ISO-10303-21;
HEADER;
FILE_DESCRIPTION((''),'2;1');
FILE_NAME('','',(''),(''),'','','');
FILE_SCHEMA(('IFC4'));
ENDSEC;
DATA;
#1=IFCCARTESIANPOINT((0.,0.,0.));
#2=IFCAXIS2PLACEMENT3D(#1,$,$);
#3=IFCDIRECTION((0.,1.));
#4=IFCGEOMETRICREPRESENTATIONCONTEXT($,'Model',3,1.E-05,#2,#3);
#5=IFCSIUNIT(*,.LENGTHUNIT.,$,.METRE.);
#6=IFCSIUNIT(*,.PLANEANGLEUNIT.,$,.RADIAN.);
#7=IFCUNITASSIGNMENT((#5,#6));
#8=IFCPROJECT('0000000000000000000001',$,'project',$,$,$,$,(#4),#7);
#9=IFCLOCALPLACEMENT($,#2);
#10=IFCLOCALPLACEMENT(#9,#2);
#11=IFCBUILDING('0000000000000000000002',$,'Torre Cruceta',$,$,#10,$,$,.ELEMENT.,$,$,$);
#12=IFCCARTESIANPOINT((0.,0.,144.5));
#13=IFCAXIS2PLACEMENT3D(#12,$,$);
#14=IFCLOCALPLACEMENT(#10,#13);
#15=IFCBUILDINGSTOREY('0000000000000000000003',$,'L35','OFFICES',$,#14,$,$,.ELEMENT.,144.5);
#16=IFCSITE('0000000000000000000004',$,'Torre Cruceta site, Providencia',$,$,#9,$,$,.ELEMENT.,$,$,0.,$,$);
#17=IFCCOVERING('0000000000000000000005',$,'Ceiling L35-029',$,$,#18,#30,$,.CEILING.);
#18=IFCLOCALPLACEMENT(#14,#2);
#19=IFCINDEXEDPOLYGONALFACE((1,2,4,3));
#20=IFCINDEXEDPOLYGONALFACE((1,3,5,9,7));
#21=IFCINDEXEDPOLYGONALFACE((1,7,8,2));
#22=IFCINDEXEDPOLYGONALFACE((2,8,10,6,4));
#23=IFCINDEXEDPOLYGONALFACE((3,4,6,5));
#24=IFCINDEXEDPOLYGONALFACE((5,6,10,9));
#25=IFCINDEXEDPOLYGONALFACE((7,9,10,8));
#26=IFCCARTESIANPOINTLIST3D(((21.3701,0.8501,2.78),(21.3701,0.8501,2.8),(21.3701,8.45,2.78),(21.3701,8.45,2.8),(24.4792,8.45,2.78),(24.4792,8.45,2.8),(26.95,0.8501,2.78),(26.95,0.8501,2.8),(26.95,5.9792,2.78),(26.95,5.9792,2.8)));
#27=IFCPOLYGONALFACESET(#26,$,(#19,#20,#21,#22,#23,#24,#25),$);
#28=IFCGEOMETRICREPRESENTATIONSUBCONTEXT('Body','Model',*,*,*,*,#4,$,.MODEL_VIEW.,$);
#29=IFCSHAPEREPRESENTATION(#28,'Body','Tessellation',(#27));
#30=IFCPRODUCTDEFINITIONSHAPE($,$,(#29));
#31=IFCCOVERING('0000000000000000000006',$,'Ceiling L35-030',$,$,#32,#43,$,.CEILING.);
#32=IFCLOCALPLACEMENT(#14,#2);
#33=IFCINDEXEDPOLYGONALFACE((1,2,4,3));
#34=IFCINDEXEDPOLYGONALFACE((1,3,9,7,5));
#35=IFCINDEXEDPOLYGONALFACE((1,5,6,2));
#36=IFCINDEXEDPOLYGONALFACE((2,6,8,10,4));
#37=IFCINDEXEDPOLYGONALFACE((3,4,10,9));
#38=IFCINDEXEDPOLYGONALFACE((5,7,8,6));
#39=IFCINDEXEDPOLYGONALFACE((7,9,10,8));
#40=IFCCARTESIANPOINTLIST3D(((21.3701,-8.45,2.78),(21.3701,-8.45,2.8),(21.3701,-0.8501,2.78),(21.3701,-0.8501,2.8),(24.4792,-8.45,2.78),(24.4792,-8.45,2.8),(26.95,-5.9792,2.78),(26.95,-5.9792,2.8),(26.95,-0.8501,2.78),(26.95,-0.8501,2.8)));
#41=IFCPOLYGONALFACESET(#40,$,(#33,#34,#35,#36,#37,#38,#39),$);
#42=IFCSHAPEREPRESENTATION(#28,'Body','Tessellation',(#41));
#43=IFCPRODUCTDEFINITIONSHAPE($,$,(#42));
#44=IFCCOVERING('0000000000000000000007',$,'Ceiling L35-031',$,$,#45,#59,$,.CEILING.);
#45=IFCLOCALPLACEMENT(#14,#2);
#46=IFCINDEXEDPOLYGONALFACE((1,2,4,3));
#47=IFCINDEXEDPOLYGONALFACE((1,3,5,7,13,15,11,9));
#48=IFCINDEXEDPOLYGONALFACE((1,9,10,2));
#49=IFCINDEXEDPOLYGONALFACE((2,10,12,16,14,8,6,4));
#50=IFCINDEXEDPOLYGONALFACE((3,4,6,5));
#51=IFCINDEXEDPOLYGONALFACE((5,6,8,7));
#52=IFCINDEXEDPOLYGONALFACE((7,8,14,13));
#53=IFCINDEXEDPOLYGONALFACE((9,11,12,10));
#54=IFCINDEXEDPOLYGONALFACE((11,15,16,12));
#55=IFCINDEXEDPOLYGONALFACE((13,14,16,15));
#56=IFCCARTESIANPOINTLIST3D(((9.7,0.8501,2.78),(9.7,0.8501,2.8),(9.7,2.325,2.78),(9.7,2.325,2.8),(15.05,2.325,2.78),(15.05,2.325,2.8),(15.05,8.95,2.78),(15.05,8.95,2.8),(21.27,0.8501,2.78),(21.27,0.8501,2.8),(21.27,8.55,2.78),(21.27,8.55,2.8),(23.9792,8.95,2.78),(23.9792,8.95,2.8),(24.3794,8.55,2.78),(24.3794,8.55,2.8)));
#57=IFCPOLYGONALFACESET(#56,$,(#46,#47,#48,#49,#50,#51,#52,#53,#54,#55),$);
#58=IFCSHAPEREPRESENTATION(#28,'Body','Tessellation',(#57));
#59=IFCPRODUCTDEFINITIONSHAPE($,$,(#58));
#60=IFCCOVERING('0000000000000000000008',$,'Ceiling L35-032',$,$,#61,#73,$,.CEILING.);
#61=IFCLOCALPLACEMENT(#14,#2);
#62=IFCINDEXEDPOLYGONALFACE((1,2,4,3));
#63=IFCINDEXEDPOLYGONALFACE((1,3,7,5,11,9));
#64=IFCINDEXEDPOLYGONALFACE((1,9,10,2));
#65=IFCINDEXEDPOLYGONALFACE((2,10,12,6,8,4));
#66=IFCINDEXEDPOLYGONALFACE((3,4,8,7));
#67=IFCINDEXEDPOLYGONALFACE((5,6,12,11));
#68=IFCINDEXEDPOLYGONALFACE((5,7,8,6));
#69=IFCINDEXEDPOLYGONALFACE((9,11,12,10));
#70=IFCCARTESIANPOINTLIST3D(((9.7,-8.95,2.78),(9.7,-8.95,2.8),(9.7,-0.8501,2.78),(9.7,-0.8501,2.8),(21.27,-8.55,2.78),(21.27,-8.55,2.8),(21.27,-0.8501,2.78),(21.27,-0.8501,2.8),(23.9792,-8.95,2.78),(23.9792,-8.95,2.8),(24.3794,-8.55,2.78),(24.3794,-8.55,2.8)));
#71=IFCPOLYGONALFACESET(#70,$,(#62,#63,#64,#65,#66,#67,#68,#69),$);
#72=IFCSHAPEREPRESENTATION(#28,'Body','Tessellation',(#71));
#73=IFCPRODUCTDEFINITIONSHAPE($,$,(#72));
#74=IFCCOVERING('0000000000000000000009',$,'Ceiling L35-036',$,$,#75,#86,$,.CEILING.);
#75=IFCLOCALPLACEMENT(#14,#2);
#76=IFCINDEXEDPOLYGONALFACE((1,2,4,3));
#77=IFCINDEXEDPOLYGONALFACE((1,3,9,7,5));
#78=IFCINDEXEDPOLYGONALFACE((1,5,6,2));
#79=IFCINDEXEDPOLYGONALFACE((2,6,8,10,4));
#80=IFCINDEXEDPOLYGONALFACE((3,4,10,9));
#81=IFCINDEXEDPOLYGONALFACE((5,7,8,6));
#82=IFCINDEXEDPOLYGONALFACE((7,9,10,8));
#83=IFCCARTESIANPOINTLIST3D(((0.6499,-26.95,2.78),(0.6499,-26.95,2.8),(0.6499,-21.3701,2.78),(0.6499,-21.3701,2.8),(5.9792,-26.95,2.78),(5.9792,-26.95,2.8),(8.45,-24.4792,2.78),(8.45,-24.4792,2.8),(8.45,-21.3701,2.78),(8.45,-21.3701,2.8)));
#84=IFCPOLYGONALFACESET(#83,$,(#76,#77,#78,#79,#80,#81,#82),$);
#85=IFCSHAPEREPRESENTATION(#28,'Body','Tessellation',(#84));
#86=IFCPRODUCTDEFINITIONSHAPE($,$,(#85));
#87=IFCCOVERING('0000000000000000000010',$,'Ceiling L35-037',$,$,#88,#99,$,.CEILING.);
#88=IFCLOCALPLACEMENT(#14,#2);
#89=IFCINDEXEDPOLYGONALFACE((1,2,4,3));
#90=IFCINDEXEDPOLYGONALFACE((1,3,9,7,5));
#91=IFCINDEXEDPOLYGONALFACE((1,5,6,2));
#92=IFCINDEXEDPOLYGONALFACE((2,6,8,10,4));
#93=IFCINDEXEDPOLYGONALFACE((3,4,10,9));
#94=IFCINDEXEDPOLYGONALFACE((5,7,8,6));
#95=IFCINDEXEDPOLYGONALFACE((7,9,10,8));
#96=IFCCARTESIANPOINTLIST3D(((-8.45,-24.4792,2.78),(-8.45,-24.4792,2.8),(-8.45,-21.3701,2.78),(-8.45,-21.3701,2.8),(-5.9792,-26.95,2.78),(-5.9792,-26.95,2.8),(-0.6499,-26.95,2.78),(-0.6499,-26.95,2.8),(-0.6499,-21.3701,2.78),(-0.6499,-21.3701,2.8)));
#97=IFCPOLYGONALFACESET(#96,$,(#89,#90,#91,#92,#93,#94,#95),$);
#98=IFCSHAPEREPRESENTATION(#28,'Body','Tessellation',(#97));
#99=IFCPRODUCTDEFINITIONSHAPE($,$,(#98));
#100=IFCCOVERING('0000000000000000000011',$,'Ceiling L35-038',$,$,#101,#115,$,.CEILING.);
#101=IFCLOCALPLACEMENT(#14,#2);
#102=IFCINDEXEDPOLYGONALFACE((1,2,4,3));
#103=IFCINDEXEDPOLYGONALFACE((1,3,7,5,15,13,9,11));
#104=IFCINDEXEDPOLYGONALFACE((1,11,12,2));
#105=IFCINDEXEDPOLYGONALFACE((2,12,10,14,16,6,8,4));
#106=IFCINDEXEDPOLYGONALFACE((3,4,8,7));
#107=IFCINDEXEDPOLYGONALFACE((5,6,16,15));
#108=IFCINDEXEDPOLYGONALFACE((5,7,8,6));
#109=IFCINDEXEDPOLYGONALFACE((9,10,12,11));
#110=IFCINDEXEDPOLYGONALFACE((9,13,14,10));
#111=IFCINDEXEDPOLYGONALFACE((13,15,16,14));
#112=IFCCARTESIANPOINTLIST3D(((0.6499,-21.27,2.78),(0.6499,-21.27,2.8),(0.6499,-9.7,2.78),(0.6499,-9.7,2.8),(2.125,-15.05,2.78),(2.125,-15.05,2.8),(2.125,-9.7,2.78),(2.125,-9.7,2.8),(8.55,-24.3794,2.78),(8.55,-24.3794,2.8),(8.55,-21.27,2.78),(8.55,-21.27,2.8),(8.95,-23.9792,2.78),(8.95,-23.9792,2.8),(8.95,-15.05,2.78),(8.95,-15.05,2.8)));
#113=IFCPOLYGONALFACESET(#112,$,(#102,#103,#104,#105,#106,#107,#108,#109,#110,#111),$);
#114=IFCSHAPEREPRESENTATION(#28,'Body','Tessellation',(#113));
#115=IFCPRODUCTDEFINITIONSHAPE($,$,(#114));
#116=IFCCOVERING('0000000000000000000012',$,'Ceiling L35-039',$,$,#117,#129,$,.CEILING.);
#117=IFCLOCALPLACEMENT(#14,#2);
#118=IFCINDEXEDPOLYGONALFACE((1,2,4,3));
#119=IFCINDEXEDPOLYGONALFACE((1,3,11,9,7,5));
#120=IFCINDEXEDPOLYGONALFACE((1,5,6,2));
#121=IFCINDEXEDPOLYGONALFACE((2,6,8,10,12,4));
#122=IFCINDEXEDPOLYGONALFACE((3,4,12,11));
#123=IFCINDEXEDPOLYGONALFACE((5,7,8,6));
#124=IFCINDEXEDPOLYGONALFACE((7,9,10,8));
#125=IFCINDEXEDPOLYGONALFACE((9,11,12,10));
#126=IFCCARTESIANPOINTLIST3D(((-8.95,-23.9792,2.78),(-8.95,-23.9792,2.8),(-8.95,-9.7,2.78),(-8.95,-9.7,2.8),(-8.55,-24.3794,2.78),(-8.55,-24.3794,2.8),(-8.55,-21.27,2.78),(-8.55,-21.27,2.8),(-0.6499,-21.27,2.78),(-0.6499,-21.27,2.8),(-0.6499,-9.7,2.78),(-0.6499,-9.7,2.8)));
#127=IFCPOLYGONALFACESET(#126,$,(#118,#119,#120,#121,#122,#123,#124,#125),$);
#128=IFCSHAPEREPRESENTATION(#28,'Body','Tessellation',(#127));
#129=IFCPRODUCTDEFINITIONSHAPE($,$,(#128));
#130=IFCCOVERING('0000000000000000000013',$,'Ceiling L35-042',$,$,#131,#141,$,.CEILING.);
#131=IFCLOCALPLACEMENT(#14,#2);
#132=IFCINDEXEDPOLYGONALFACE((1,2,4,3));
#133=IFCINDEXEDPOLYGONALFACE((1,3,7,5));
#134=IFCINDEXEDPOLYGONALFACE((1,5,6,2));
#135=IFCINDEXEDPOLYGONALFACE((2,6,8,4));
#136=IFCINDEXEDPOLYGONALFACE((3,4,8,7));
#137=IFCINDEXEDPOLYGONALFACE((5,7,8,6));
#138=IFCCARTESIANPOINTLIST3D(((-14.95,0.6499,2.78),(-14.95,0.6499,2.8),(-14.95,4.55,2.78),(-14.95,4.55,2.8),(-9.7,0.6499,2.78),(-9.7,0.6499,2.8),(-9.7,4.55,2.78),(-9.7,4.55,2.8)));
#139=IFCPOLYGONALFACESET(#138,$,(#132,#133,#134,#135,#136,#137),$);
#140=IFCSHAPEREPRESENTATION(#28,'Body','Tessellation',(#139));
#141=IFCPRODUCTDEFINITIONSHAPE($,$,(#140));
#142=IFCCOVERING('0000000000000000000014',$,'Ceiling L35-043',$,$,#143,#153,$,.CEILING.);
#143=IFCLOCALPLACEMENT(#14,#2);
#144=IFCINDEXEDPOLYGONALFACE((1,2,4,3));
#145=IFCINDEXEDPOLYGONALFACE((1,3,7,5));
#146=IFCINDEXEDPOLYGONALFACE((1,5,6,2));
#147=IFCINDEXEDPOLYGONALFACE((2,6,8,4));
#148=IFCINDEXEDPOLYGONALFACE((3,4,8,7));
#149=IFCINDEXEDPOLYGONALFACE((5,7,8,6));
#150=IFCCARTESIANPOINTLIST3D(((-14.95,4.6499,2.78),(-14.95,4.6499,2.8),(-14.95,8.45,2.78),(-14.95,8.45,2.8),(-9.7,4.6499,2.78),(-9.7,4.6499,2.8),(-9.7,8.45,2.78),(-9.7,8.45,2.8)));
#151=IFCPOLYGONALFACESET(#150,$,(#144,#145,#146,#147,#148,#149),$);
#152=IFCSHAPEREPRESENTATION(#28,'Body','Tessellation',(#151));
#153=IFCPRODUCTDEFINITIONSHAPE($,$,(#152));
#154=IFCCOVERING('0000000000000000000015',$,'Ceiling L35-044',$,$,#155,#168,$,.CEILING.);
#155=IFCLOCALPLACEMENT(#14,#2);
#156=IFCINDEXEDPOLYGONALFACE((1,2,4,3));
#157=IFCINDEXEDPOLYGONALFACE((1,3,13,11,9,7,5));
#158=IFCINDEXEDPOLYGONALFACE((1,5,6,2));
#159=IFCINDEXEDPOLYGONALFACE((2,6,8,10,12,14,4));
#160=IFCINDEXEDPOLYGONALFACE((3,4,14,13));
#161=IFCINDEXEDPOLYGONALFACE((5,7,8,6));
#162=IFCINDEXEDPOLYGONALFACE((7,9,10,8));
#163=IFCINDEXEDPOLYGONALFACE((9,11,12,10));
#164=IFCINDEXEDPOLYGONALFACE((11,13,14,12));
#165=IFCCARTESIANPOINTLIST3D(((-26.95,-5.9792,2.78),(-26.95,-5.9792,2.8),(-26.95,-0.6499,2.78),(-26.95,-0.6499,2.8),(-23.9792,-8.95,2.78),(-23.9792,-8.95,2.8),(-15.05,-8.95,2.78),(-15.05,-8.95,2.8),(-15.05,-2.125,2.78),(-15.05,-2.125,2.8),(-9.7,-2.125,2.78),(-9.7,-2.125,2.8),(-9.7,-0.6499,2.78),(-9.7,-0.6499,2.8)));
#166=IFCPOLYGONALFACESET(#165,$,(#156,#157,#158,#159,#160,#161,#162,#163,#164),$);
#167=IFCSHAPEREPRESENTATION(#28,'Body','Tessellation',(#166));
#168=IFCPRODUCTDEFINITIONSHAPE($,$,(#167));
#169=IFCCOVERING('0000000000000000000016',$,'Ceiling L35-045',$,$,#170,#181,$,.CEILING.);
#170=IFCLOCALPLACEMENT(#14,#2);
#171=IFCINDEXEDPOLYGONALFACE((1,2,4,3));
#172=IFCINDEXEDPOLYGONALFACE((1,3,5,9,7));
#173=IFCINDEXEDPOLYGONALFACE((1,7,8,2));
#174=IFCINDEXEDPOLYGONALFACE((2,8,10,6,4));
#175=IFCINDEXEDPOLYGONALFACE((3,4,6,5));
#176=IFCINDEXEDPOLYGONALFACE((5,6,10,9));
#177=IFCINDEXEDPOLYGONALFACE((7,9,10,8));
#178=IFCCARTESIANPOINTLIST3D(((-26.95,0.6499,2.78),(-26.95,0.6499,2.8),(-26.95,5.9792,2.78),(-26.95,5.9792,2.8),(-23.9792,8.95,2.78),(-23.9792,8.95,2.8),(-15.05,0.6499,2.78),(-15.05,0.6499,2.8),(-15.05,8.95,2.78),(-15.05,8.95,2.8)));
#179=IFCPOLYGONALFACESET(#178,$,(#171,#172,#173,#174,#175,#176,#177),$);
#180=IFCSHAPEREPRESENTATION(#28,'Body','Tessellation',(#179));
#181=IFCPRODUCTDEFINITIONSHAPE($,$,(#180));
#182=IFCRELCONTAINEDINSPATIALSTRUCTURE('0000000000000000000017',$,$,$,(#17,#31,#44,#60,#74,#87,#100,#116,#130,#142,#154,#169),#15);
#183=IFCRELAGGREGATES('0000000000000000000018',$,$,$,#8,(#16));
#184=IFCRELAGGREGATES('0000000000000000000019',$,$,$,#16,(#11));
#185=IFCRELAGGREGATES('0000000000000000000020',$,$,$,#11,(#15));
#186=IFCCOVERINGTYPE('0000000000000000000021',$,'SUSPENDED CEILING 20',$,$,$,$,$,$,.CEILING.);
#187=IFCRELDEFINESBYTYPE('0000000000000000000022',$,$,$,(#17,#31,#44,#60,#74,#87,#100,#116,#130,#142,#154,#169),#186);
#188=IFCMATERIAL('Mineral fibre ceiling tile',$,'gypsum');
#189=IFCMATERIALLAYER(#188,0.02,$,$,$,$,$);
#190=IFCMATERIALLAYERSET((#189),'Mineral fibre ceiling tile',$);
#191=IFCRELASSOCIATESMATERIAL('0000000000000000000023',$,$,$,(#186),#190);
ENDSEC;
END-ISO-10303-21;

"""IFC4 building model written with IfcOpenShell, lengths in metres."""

from ifc_helpers import new_model, si_unit, direction, frame, origin, place, context, subcontext, project, spatial, polyline, outline, extrude, material, layer, layer_set, type_object, element, save


model = new_model("IFC4")

# Units and contexts
model_context = context("Model", 3, precision=1e-05, world=origin(), true_north=direction((0.0, 1.0)))
body_context = subcontext(model_context, "Body", "Model", "MODEL_VIEW")
ifc_project = project(units=[si_unit("LENGTHUNIT", "METRE"), si_unit("PLANEANGLEUNIT", "RADIAN")], contexts=[model_context])

# Site, building, storey
site_placement = place(None, origin())
site = spatial("IfcSite", under=ifc_project, at=site_placement, Name="Torre Cruceta site, Providencia", CompositionType="ELEMENT", RefElevation=0.0)
building_placement = place(site_placement, origin())
building = spatial("IfcBuilding", under=site, at=building_placement, Name="Torre Cruceta", CompositionType="ELEMENT")
storey_placement = place(building_placement, frame((0.0, 0.0, 144.5)))
storey = spatial("IfcBuildingStorey", under=building, at=storey_placement, Name="L35", Description="OFFICES", CompositionType="ELEMENT", Elevation=144.5)

# Coverings
ifc_material_1 = material(Name="Mineral fibre ceiling tile", Category="gypsum")
ifc_layer_1 = layer(ifc_material_1, 0.02)
ifc_layer_set_1 = layer_set([ifc_layer_1], Name="Mineral fibre ceiling tile")
covering_type_1 = type_object("IfcCoveringType", Name="SUSPENDED CEILING 20", PredefinedType="CEILING", material=ifc_layer_set_1)
covering_1_placement = place(storey_placement, frame((0.0, 0.0, 2.78)))
element("IfcCovering", 1, at=covering_1_placement, inside=storey, type_object=covering_type_1, Name="Ceiling L35-029", PredefinedType="CEILING", context=body_context, shape_type="SweptSolid", body=[
    extrude(outline(polyline([(26.95, 0.8501), (21.3701, 0.8501), (21.3701, 8.45), (24.4792, 8.45), (26.95, 5.9792), (26.95, 0.8501)])), origin(), (0.0, 0.0, 1.0), 0.02),
])
covering_2_placement = place(storey_placement, frame((0.0, 0.0, 2.78)))
element("IfcCovering", 2, at=covering_2_placement, inside=storey, type_object=covering_type_1, Name="Ceiling L35-030", PredefinedType="CEILING", context=body_context, shape_type="SweptSolid", body=[
    extrude(outline(polyline([(24.4792, -8.45), (21.3701, -8.45), (21.3701, -0.8501), (26.95, -0.8501), (26.95, -5.9792), (24.4792, -8.45)])), origin(), (0.0, 0.0, 1.0), 0.02),
])
covering_3_placement = place(storey_placement, frame((0.0, 0.0, 2.78)))
element("IfcCovering", 3, at=covering_3_placement, inside=storey, type_object=covering_type_1, Name="Ceiling L35-031", PredefinedType="CEILING", context=body_context, shape_type="SweptSolid", body=[
    extrude(outline(polyline([(21.27, 0.8501), (9.7, 0.8501), (9.7, 2.325), (15.05, 2.325), (15.05, 8.95), (23.9792, 8.95), (24.3794, 8.55), (21.27, 8.55), (21.27, 0.8501)])), origin(), (0.0, 0.0, 1.0), 0.02),
])
covering_4_placement = place(storey_placement, frame((0.0, 0.0, 2.78)))
element("IfcCovering", 4, at=covering_4_placement, inside=storey, type_object=covering_type_1, Name="Ceiling L35-032", PredefinedType="CEILING", context=body_context, shape_type="SweptSolid", body=[
    extrude(outline(polyline([(21.27, -8.55), (24.3794, -8.55), (23.9792, -8.95), (9.7, -8.95), (9.7, -0.8501), (21.27, -0.8501), (21.27, -8.55)])), origin(), (0.0, 0.0, 1.0), 0.02),
])
covering_5_placement = place(storey_placement, frame((0.0, 0.0, 2.78)))
element("IfcCovering", 5, at=covering_5_placement, inside=storey, type_object=covering_type_1, Name="Ceiling L35-036", PredefinedType="CEILING", context=body_context, shape_type="SweptSolid", body=[
    extrude(outline(polyline([(0.6499, -26.95), (0.6499, -21.3701), (8.45, -21.3701), (8.45, -24.4792), (5.9792, -26.95), (0.6499, -26.95)])), origin(), (0.0, 0.0, 1.0), 0.02),
])
covering_6_placement = place(storey_placement, frame((0.0, 0.0, 2.78)))
element("IfcCovering", 6, at=covering_6_placement, inside=storey, type_object=covering_type_1, Name="Ceiling L35-037", PredefinedType="CEILING", context=body_context, shape_type="SweptSolid", body=[
    extrude(outline(polyline([(-8.45, -24.4792), (-8.45, -21.3701), (-0.6499, -21.3701), (-0.6499, -26.95), (-5.9792, -26.95), (-8.45, -24.4792)])), origin(), (0.0, 0.0, 1.0), 0.02),
])
covering_7_placement = place(storey_placement, frame((0.0, 0.0, 2.78)))
element("IfcCovering", 7, at=covering_7_placement, inside=storey, type_object=covering_type_1, Name="Ceiling L35-038", PredefinedType="CEILING", context=body_context, shape_type="SweptSolid", body=[
    extrude(outline(polyline([(0.6499, -21.27), (0.6499, -9.7), (2.125, -9.7), (2.125, -15.05), (8.95, -15.05), (8.95, -23.9792), (8.55, -24.3794), (8.55, -21.27), (0.6499, -21.27)])), origin(), (0.0, 0.0, 1.0), 0.02),
])
covering_8_placement = place(storey_placement, frame((0.0, 0.0, 2.78)))
element("IfcCovering", 8, at=covering_8_placement, inside=storey, type_object=covering_type_1, Name="Ceiling L35-039", PredefinedType="CEILING", context=body_context, shape_type="SweptSolid", body=[
    extrude(outline(polyline([(-8.55, -21.27), (-8.55, -24.3794), (-8.95, -23.9792), (-8.95, -9.7), (-0.6499, -9.7), (-0.6499, -21.27), (-8.55, -21.27)])), origin(), (0.0, 0.0, 1.0), 0.02),
])
covering_9_placement = place(storey_placement, frame((0.0, 0.0, 2.78)))
element("IfcCovering", 9, at=covering_9_placement, inside=storey, type_object=covering_type_1, Name="Ceiling L35-042", PredefinedType="CEILING", context=body_context, shape_type="SweptSolid", body=[
    extrude(outline(polyline([(-9.7, 4.55), (-9.7, 0.6499), (-14.95, 0.6499), (-14.95, 4.55), (-9.7, 4.55)])), origin(), (0.0, 0.0, 1.0), 0.02),
])
covering_10_placement = place(storey_placement, frame((0.0, 0.0, 2.78)))
element("IfcCovering", 10, at=covering_10_placement, inside=storey, type_object=covering_type_1, Name="Ceiling L35-043", PredefinedType="CEILING", context=body_context, shape_type="SweptSolid", body=[
    extrude(outline(polyline([(-9.7, 8.45), (-9.7, 4.6499), (-14.95, 4.6499), (-14.95, 8.45), (-9.7, 8.45)])), origin(), (0.0, 0.0, 1.0), 0.02),
])
covering_11_placement = place(storey_placement, frame((0.0, 0.0, 2.78)))
element("IfcCovering", 11, at=covering_11_placement, inside=storey, type_object=covering_type_1, Name="Ceiling L35-044", PredefinedType="CEILING", context=body_context, shape_type="SweptSolid", body=[
    extrude(outline(polyline([(-26.95, -0.6499), (-9.7, -0.6499), (-9.7, -2.125), (-15.05, -2.125), (-15.05, -8.95), (-23.9792, -8.95), (-26.95, -5.9792), (-26.95, -0.6499)])), origin(), (0.0, 0.0, 1.0), 0.02),
])
covering_12_placement = place(storey_placement, frame((0.0, 0.0, 2.78)))
element("IfcCovering", 12, at=covering_12_placement, inside=storey, type_object=covering_type_1, Name="Ceiling L35-045", PredefinedType="CEILING", context=body_context, shape_type="SweptSolid", body=[
    extrude(outline(polyline([(-26.95, 5.9792), (-23.9792, 8.95), (-15.05, 8.95), (-15.05, 0.6499), (-26.95, 0.6499), (-26.95, 5.9792)])), origin(), (0.0, 0.0, 1.0), 0.02),
])

save(model, "model.ifc")
